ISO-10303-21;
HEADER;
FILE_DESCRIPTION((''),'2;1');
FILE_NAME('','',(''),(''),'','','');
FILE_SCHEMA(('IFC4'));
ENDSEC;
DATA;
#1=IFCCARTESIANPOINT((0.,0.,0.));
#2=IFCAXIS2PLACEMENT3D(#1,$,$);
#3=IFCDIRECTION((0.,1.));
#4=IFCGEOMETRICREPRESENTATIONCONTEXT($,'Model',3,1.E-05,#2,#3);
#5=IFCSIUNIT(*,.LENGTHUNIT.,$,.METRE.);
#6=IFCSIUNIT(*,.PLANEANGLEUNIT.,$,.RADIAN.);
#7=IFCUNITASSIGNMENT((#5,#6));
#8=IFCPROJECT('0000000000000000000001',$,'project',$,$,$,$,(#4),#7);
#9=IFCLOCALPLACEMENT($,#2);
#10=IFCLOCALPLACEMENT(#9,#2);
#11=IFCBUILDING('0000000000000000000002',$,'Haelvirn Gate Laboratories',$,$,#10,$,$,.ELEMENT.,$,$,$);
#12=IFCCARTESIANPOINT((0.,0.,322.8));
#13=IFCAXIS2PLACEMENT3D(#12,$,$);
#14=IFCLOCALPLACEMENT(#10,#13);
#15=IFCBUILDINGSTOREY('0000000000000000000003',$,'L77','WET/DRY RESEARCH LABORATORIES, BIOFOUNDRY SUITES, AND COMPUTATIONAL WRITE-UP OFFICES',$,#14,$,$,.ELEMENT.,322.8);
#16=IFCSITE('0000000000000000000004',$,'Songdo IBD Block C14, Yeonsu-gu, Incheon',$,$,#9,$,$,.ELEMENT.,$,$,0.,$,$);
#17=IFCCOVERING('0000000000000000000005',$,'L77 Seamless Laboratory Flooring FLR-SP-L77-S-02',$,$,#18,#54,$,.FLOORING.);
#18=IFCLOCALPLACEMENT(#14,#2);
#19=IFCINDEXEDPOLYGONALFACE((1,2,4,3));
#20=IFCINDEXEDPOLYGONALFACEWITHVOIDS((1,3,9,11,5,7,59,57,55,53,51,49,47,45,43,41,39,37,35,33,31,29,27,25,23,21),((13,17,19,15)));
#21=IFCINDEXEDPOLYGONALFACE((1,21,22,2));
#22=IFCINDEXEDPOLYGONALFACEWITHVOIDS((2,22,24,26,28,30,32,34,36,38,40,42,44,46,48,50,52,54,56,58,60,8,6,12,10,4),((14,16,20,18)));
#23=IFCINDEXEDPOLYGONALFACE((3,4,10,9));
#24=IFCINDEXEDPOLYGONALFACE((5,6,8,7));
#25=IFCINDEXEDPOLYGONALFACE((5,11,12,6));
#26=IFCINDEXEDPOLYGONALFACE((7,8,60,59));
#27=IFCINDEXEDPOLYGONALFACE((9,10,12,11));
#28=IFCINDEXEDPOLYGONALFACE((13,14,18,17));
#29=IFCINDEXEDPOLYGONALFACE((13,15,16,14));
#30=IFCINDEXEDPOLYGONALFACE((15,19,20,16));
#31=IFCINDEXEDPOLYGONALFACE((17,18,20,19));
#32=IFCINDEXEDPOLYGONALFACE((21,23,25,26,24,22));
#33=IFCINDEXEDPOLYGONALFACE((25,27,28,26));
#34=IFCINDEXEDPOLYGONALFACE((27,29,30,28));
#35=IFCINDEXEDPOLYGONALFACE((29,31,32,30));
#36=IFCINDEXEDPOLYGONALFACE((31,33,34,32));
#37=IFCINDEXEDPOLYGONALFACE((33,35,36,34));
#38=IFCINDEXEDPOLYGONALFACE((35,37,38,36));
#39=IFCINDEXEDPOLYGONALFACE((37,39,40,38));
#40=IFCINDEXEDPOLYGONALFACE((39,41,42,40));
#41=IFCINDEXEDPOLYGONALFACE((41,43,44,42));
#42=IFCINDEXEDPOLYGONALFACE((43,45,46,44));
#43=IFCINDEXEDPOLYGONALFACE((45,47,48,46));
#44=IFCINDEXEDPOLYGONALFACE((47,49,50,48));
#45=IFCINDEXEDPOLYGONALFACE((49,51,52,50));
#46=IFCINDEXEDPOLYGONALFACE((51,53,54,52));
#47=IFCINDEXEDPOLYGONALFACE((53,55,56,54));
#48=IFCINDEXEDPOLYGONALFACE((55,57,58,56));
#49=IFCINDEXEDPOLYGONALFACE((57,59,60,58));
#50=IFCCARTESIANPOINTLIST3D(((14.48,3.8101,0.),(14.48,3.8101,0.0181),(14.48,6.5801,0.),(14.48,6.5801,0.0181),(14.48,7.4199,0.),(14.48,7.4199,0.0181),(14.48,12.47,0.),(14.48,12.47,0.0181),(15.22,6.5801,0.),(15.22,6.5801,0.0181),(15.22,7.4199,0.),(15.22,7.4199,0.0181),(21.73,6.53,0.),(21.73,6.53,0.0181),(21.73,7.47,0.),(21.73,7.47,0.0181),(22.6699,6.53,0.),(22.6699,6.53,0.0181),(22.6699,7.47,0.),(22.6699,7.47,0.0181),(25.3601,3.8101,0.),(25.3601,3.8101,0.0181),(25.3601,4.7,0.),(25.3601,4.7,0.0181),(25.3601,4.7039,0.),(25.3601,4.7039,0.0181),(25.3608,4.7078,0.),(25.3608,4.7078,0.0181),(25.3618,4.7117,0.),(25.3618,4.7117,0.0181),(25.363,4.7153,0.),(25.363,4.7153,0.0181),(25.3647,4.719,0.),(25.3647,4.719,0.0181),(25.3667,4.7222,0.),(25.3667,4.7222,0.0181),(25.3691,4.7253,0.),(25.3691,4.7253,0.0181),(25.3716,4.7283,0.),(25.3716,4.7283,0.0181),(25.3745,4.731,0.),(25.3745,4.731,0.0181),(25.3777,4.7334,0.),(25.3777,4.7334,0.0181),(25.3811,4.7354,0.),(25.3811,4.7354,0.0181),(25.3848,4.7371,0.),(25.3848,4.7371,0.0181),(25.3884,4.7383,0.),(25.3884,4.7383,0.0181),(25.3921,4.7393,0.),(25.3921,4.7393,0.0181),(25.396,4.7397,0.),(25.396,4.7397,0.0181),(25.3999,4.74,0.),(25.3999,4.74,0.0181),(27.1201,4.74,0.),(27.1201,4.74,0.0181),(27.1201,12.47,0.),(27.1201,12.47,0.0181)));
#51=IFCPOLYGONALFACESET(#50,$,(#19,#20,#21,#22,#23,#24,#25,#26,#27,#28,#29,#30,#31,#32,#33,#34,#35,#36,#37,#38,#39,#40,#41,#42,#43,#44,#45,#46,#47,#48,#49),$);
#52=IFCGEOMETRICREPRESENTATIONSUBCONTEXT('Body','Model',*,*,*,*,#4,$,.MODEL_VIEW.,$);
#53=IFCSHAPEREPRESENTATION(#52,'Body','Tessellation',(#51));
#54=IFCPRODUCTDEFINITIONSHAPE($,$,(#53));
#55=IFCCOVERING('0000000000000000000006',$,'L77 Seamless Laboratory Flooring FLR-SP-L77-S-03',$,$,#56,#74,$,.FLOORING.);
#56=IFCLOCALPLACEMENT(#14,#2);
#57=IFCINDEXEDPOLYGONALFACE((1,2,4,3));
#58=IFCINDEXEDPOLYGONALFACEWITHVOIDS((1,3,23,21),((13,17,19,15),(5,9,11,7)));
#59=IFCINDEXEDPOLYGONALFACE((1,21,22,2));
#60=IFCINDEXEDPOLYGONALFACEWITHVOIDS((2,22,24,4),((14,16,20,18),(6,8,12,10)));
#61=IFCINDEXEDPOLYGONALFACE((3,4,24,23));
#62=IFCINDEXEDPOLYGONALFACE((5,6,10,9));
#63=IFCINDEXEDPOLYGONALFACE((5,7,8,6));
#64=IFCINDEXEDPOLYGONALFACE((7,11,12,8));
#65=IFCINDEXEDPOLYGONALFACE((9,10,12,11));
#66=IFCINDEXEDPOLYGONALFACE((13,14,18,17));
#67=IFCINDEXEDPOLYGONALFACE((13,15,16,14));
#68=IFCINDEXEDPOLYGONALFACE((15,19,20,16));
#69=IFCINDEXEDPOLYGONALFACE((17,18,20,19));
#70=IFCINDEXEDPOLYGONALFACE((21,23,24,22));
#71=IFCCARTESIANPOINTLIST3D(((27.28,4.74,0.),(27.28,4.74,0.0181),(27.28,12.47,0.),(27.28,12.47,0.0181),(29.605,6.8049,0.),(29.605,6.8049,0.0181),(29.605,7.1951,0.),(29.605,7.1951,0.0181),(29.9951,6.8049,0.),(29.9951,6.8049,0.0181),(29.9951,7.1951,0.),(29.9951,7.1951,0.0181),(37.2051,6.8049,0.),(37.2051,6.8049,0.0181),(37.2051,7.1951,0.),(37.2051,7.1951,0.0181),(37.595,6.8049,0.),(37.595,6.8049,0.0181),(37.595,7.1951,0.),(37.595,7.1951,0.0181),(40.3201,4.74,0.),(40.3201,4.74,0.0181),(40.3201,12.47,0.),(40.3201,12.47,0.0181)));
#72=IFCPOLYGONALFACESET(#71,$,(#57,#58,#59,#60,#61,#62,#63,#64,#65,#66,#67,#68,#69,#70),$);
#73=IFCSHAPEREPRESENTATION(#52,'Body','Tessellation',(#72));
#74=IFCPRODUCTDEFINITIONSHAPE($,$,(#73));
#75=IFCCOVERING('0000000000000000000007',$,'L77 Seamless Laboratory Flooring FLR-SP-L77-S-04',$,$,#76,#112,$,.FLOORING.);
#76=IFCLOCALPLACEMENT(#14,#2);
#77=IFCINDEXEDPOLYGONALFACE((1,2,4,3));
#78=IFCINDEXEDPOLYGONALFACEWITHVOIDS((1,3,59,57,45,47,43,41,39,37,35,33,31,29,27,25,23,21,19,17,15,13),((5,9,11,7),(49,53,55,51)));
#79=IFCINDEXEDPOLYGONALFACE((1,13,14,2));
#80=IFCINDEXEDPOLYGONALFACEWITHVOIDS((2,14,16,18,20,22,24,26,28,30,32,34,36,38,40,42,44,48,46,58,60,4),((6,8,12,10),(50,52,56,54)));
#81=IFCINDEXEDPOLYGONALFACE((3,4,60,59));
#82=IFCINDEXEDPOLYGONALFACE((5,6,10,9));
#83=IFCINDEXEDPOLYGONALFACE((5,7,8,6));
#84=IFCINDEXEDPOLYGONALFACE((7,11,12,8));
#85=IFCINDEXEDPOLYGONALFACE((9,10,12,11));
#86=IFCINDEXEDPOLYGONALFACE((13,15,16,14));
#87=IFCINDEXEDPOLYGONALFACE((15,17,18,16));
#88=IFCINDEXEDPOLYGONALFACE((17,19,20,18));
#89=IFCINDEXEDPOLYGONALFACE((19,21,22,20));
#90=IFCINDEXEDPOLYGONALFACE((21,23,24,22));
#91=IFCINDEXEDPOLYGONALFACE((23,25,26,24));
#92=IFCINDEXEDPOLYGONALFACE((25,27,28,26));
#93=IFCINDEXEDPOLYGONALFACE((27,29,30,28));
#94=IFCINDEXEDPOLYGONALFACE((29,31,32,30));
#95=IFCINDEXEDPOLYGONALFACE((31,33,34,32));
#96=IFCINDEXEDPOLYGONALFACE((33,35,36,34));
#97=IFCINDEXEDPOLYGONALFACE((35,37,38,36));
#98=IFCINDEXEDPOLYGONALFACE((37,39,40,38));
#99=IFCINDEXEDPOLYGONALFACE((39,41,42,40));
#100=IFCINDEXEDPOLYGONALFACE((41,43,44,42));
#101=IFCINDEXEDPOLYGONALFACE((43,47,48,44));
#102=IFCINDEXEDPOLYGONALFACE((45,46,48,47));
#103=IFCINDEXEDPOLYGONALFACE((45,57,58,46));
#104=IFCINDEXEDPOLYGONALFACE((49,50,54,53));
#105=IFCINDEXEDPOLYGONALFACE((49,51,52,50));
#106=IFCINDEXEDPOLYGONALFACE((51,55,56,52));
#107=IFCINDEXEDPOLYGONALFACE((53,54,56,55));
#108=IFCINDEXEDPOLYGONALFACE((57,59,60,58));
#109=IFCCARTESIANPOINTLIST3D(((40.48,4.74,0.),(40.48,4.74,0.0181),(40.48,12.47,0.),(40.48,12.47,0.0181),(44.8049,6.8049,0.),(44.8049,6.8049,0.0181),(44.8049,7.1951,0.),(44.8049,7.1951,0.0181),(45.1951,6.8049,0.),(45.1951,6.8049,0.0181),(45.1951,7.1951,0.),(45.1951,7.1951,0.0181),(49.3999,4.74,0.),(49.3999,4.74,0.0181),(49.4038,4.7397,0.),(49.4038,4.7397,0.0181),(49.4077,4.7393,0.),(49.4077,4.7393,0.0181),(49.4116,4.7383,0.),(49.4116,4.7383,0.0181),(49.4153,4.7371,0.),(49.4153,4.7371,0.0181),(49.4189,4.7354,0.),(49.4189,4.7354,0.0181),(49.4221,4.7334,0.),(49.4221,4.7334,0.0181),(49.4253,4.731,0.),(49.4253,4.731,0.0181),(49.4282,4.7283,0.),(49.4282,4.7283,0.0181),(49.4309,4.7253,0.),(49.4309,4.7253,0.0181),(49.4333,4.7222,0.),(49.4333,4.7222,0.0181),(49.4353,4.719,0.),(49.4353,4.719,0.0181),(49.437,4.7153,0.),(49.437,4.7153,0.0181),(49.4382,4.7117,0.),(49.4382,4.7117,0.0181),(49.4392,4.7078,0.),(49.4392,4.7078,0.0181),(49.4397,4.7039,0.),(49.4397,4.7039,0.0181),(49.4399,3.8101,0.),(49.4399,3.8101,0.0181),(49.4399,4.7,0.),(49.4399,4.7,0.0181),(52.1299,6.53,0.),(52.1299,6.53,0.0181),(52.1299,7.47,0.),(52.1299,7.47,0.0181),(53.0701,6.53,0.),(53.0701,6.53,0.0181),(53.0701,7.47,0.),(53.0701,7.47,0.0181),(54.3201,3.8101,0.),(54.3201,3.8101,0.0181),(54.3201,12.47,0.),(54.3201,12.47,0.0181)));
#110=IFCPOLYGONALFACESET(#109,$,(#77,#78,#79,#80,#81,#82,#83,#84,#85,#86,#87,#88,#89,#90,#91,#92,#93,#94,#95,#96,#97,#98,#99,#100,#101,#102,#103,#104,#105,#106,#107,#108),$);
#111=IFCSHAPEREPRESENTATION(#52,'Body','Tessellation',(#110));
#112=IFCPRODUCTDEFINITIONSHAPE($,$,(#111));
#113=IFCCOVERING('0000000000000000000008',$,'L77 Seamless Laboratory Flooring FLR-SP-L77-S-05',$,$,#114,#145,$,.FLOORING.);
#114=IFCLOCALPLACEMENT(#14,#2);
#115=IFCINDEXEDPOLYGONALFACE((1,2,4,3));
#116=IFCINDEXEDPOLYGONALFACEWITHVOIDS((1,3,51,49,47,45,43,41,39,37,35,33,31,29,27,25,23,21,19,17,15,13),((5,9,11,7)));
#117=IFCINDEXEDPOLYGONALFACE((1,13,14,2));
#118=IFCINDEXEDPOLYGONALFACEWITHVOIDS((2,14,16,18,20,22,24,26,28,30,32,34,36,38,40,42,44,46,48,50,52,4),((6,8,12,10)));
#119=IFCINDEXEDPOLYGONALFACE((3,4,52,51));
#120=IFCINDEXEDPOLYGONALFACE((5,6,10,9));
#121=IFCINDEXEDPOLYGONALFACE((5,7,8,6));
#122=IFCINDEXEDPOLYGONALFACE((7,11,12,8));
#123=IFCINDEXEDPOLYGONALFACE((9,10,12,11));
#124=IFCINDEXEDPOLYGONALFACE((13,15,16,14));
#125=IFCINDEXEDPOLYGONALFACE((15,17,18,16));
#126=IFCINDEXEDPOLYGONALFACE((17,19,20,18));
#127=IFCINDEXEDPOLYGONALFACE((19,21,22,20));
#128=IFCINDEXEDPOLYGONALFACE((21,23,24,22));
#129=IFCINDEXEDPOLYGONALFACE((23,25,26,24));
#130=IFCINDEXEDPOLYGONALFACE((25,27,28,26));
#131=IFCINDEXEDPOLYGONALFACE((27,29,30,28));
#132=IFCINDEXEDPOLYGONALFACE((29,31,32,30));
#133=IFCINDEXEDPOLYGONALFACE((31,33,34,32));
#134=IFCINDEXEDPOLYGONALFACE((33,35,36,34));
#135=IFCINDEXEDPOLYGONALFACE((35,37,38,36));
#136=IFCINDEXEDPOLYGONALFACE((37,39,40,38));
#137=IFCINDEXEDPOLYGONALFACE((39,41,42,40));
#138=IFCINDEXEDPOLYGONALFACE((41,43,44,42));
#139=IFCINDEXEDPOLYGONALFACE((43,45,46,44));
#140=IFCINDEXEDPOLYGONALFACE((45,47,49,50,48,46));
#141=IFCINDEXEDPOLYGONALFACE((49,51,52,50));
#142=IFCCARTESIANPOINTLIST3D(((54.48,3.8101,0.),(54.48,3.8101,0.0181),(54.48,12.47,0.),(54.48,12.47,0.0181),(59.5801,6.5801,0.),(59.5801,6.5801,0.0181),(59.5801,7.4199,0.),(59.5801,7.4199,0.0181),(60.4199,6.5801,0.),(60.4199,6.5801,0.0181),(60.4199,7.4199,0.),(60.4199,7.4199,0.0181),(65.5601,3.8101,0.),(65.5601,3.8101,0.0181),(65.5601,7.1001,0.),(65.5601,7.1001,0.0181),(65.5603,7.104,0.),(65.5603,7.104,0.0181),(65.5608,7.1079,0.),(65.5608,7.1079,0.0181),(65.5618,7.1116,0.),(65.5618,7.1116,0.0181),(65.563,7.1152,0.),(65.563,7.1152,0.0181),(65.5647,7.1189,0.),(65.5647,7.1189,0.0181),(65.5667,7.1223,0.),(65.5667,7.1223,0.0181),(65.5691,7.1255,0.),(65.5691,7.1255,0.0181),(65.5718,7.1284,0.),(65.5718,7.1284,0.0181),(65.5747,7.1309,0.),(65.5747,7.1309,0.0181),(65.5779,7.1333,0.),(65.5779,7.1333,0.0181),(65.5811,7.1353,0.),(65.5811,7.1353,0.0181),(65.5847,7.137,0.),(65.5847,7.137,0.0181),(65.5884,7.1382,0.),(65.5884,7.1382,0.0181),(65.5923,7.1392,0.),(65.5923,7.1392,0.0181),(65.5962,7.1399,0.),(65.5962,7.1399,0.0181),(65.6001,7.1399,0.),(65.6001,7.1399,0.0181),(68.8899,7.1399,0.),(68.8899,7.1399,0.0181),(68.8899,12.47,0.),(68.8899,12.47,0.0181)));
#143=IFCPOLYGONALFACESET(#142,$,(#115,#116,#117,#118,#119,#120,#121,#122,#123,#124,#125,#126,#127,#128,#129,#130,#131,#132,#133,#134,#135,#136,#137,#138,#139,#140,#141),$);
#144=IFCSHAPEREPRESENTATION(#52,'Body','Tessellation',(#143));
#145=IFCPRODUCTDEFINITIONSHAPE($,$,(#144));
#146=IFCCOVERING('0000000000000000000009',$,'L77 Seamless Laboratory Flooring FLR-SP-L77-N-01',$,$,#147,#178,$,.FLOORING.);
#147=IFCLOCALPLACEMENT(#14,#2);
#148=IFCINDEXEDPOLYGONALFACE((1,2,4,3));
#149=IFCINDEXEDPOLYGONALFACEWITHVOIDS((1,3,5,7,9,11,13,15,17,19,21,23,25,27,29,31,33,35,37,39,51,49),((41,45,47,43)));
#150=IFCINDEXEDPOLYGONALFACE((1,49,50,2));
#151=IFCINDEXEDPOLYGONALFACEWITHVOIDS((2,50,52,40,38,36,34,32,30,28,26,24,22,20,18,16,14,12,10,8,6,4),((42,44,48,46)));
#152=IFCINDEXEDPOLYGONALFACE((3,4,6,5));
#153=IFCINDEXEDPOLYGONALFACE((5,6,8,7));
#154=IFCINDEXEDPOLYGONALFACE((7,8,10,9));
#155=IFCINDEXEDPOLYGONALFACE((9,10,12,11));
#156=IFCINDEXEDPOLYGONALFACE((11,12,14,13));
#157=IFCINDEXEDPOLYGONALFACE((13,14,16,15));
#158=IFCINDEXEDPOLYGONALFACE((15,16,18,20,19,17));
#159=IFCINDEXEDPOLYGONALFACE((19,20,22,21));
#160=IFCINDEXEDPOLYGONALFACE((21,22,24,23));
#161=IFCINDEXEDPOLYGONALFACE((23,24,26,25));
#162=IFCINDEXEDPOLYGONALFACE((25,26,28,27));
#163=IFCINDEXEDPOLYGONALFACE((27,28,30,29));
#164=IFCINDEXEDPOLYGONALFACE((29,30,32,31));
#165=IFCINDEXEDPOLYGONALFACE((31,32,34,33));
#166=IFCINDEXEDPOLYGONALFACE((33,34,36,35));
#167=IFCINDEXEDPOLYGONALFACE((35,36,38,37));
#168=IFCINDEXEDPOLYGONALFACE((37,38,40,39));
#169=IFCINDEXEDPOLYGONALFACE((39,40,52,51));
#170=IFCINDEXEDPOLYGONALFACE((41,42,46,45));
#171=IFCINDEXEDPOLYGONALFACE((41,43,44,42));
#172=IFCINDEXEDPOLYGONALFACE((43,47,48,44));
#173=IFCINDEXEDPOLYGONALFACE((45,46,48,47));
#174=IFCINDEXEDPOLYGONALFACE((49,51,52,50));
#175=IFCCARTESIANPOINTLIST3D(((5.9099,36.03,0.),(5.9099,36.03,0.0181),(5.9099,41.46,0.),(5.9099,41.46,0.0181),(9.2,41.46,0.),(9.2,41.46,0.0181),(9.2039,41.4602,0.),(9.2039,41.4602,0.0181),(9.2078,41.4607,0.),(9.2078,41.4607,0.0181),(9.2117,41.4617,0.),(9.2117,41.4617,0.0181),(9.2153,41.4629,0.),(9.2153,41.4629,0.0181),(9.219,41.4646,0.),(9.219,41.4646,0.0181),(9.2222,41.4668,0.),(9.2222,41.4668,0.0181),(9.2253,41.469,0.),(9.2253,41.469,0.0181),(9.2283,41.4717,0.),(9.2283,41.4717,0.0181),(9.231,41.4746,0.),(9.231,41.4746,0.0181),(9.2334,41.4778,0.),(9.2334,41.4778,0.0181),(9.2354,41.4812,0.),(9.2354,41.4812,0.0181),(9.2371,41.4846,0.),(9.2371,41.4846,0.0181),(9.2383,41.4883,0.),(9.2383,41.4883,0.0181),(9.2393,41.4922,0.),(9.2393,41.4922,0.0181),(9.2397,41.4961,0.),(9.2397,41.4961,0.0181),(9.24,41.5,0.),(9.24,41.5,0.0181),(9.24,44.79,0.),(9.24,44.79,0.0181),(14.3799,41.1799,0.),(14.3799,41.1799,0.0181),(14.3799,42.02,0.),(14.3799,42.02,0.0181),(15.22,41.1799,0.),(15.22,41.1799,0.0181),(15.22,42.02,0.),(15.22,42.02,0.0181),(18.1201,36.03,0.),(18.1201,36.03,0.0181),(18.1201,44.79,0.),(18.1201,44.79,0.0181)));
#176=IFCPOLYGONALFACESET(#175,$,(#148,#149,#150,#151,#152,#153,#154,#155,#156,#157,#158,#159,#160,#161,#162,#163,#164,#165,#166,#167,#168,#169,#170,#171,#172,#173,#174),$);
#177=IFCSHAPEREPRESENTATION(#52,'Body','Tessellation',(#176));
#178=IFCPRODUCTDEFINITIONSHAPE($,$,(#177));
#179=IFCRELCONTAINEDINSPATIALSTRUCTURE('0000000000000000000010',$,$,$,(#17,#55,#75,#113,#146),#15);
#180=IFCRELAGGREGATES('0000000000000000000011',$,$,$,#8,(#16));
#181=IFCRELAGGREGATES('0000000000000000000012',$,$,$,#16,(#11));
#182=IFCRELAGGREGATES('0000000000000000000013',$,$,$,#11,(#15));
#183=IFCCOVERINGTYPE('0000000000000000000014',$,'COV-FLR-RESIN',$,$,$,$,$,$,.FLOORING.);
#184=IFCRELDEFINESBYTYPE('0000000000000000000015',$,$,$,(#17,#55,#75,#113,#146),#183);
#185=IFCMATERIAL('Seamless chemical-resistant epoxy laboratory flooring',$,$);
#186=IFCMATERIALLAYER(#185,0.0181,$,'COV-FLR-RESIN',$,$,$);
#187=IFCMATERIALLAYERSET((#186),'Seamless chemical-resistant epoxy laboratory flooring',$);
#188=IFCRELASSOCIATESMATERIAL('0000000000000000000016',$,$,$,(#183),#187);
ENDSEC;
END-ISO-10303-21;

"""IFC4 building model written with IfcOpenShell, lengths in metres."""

from ifc_helpers import new_model, si_unit, direction, frame, origin, place, context, subcontext, project, spatial, polyline, outline, extrude, material, layer, layer_set, type_object, element, save


model = new_model("IFC4")

# Units and contexts
model_context = context("Model", 3, precision=1e-05, world=origin(), true_north=direction((0.0, 1.0)))
body_context = subcontext(model_context, "Body", "Model", "MODEL_VIEW")
ifc_project = project(units=[si_unit("LENGTHUNIT", "METRE"), si_unit("PLANEANGLEUNIT", "RADIAN")], contexts=[model_context])

# Site, building, storey
site_placement = place(None, origin())
site = spatial("IfcSite", under=ifc_project, at=site_placement, Name="Songdo IBD Block C14, Yeonsu-gu, Incheon", CompositionType="ELEMENT", RefElevation=0.0)
building_placement = place(site_placement, origin())
building = spatial("IfcBuilding", under=site, at=building_placement, Name="Haelvirn Gate Laboratories", CompositionType="ELEMENT")
storey_placement = place(building_placement, frame((0.0, 0.0, 322.8)))
storey = spatial("IfcBuildingStorey", under=building, at=storey_placement, Name="L77", Description="WET/DRY RESEARCH LABORATORIES, BIOFOUNDRY SUITES, AND COMPUTATIONAL WRITE-UP OFFICES", CompositionType="ELEMENT", Elevation=322.8)

# Coverings
ifc_material_1 = material(Name="Seamless chemical-resistant epoxy laboratory flooring")
ifc_layer_1 = layer(ifc_material_1, 0.0181, Name="COV-FLR-RESIN")
ifc_layer_set_1 = layer_set([ifc_layer_1], Name="Seamless chemical-resistant epoxy laboratory flooring")
covering_type_1 = type_object("IfcCoveringType", Name="COV-FLR-RESIN", PredefinedType="FLOORING", material=ifc_layer_set_1)
covering_1_placement = place(storey_placement, origin())
element("IfcCovering", 1, at=covering_1_placement, inside=storey, type_object=covering_type_1, Name="L77 Seamless Laboratory Flooring FLR-SP-L77-S-02", PredefinedType="FLOORING", context=body_context, shape_type="SweptSolid", body=[
    extrude(outline(polyline([(15.22, 7.4199), (14.48, 7.4199), (14.48, 12.47), (27.1201, 12.47), (27.1201, 4.74), (25.3999, 4.74), (25.396, 4.7397), (25.3921, 4.7393), (25.3884, 4.7383), (25.3848, 4.7371), (25.3811, 4.7354), (25.3777, 4.7334), (25.3745, 4.731), (25.3716, 4.7283), (25.3691, 4.7253), (25.3667, 4.7222), (25.3647, 4.719), (25.363, 4.7153), (25.3618, 4.7117), (25.3608, 4.7078), (25.3601, 4.7039), (25.3601, 4.7), (25.3601, 3.8101), (14.48, 3.8101), (14.48, 6.5801), (15.22, 6.5801), (15.22, 7.4199)]), holes=[polyline([(21.73, 7.47), (21.73, 6.53), (22.6699, 6.53), (22.6699, 7.47), (21.73, 7.47)])]), origin(), (0.0, 0.0, 1.0), 0.0181),
])
covering_2_placement = place(storey_placement, origin())
element("IfcCovering", 2, at=covering_2_placement, inside=storey, type_object=covering_type_1, Name="L77 Seamless Laboratory Flooring FLR-SP-L77-S-03", PredefinedType="FLOORING", context=body_context, shape_type="SweptSolid", body=[
    extrude(outline(polyline([(27.28, 4.74), (27.28, 12.47), (40.3201, 12.47), (40.3201, 4.74), (27.28, 4.74)]), holes=[polyline([(29.605, 6.8049), (29.9951, 6.8049), (29.9951, 7.1951), (29.605, 7.1951), (29.605, 6.8049)]), polyline([(37.2051, 7.1951), (37.2051, 6.8049), (37.595, 6.8049), (37.595, 7.1951), (37.2051, 7.1951)])]), origin(), (0.0, 0.0, 1.0), 0.0181),
])
covering_3_placement = place(storey_placement, origin())
element("IfcCovering", 3, at=covering_3_placement, inside=storey, type_object=covering_type_1, Name="L77 Seamless Laboratory Flooring FLR-SP-L77-S-04", PredefinedType="FLOORING", context=body_context, shape_type="SweptSolid", body=[
    extrude(outline(polyline([(49.4399, 3.8101), (49.4399, 4.7), (49.4397, 4.7039), (49.4392, 4.7078), (49.4382, 4.7117), (49.437, 4.7153), (49.4353, 4.719), (49.4333, 4.7222), (49.4309, 4.7253), (49.4282, 4.7283), (49.4253, 4.731), (49.4221, 4.7334), (49.4189, 4.7354), (49.4153, 4.7371), (49.4116, 4.7383), (49.4077, 4.7393), (49.4038, 4.7397), (49.3999, 4.74), (40.48, 4.74), (40.48, 12.47), (54.3201, 12.47), (54.3201, 3.8101), (49.4399, 3.8101)]), holes=[polyline([(52.1299, 6.53), (53.0701, 6.53), (53.0701, 7.47), (52.1299, 7.47), (52.1299, 6.53)]), polyline([(44.8049, 7.1951), (44.8049, 6.8049), (45.1951, 6.8049), (45.1951, 7.1951), (44.8049, 7.1951)])]), origin(), (0.0, 0.0, 1.0), 0.0181),
])
covering_4_placement = place(storey_placement, origin())
element("IfcCovering", 4, at=covering_4_placement, inside=storey, type_object=covering_type_1, Name="L77 Seamless Laboratory Flooring FLR-SP-L77-S-05", PredefinedType="FLOORING", context=body_context, shape_type="SweptSolid", body=[
    extrude(outline(polyline([(68.8899, 12.47), (68.8899, 7.1399), (65.6001, 7.1399), (65.5962, 7.1399), (65.5923, 7.1392), (65.5884, 7.1382), (65.5847, 7.137), (65.5811, 7.1353), (65.5779, 7.1333), (65.5747, 7.1309), (65.5718, 7.1284), (65.5691, 7.1255), (65.5667, 7.1223), (65.5647, 7.1189), (65.563, 7.1152), (65.5618, 7.1116), (65.5608, 7.1079), (65.5603, 7.104), (65.5601, 7.1001), (65.5601, 3.8101), (54.48, 3.8101), (54.48, 12.47), (68.8899, 12.47)]), holes=[polyline([(59.5801, 7.4199), (59.5801, 6.5801), (60.4199, 6.5801), (60.4199, 7.4199), (59.5801, 7.4199)])]), origin(), (0.0, 0.0, 1.0), 0.0181),
])
covering_5_placement = place(storey_placement, origin())
element("IfcCovering", 5, at=covering_5_placement, inside=storey, type_object=covering_type_1, Name="L77 Seamless Laboratory Flooring FLR-SP-L77-N-01", PredefinedType="FLOORING", context=body_context, shape_type="SweptSolid", body=[
    extrude(outline(polyline([(5.9099, 36.03), (5.9099, 41.46), (9.2, 41.46), (9.2039, 41.4602), (9.2078, 41.4607), (9.2117, 41.4617), (9.2153, 41.4629), (9.219, 41.4646), (9.2222, 41.4668), (9.2253, 41.469), (9.2283, 41.4717), (9.231, 41.4746), (9.2334, 41.4778), (9.2354, 41.4812), (9.2371, 41.4846), (9.2383, 41.4883), (9.2393, 41.4922), (9.2397, 41.4961), (9.24, 41.5), (9.24, 44.79), (18.1201, 44.79), (18.1201, 36.03), (5.9099, 36.03)]), holes=[polyline([(14.3799, 42.02), (14.3799, 41.1799), (15.22, 41.1799), (15.22, 42.02), (14.3799, 42.02)])]), origin(), (0.0, 0.0, 1.0), 0.0181),
])

save(model, "model.ifc")
